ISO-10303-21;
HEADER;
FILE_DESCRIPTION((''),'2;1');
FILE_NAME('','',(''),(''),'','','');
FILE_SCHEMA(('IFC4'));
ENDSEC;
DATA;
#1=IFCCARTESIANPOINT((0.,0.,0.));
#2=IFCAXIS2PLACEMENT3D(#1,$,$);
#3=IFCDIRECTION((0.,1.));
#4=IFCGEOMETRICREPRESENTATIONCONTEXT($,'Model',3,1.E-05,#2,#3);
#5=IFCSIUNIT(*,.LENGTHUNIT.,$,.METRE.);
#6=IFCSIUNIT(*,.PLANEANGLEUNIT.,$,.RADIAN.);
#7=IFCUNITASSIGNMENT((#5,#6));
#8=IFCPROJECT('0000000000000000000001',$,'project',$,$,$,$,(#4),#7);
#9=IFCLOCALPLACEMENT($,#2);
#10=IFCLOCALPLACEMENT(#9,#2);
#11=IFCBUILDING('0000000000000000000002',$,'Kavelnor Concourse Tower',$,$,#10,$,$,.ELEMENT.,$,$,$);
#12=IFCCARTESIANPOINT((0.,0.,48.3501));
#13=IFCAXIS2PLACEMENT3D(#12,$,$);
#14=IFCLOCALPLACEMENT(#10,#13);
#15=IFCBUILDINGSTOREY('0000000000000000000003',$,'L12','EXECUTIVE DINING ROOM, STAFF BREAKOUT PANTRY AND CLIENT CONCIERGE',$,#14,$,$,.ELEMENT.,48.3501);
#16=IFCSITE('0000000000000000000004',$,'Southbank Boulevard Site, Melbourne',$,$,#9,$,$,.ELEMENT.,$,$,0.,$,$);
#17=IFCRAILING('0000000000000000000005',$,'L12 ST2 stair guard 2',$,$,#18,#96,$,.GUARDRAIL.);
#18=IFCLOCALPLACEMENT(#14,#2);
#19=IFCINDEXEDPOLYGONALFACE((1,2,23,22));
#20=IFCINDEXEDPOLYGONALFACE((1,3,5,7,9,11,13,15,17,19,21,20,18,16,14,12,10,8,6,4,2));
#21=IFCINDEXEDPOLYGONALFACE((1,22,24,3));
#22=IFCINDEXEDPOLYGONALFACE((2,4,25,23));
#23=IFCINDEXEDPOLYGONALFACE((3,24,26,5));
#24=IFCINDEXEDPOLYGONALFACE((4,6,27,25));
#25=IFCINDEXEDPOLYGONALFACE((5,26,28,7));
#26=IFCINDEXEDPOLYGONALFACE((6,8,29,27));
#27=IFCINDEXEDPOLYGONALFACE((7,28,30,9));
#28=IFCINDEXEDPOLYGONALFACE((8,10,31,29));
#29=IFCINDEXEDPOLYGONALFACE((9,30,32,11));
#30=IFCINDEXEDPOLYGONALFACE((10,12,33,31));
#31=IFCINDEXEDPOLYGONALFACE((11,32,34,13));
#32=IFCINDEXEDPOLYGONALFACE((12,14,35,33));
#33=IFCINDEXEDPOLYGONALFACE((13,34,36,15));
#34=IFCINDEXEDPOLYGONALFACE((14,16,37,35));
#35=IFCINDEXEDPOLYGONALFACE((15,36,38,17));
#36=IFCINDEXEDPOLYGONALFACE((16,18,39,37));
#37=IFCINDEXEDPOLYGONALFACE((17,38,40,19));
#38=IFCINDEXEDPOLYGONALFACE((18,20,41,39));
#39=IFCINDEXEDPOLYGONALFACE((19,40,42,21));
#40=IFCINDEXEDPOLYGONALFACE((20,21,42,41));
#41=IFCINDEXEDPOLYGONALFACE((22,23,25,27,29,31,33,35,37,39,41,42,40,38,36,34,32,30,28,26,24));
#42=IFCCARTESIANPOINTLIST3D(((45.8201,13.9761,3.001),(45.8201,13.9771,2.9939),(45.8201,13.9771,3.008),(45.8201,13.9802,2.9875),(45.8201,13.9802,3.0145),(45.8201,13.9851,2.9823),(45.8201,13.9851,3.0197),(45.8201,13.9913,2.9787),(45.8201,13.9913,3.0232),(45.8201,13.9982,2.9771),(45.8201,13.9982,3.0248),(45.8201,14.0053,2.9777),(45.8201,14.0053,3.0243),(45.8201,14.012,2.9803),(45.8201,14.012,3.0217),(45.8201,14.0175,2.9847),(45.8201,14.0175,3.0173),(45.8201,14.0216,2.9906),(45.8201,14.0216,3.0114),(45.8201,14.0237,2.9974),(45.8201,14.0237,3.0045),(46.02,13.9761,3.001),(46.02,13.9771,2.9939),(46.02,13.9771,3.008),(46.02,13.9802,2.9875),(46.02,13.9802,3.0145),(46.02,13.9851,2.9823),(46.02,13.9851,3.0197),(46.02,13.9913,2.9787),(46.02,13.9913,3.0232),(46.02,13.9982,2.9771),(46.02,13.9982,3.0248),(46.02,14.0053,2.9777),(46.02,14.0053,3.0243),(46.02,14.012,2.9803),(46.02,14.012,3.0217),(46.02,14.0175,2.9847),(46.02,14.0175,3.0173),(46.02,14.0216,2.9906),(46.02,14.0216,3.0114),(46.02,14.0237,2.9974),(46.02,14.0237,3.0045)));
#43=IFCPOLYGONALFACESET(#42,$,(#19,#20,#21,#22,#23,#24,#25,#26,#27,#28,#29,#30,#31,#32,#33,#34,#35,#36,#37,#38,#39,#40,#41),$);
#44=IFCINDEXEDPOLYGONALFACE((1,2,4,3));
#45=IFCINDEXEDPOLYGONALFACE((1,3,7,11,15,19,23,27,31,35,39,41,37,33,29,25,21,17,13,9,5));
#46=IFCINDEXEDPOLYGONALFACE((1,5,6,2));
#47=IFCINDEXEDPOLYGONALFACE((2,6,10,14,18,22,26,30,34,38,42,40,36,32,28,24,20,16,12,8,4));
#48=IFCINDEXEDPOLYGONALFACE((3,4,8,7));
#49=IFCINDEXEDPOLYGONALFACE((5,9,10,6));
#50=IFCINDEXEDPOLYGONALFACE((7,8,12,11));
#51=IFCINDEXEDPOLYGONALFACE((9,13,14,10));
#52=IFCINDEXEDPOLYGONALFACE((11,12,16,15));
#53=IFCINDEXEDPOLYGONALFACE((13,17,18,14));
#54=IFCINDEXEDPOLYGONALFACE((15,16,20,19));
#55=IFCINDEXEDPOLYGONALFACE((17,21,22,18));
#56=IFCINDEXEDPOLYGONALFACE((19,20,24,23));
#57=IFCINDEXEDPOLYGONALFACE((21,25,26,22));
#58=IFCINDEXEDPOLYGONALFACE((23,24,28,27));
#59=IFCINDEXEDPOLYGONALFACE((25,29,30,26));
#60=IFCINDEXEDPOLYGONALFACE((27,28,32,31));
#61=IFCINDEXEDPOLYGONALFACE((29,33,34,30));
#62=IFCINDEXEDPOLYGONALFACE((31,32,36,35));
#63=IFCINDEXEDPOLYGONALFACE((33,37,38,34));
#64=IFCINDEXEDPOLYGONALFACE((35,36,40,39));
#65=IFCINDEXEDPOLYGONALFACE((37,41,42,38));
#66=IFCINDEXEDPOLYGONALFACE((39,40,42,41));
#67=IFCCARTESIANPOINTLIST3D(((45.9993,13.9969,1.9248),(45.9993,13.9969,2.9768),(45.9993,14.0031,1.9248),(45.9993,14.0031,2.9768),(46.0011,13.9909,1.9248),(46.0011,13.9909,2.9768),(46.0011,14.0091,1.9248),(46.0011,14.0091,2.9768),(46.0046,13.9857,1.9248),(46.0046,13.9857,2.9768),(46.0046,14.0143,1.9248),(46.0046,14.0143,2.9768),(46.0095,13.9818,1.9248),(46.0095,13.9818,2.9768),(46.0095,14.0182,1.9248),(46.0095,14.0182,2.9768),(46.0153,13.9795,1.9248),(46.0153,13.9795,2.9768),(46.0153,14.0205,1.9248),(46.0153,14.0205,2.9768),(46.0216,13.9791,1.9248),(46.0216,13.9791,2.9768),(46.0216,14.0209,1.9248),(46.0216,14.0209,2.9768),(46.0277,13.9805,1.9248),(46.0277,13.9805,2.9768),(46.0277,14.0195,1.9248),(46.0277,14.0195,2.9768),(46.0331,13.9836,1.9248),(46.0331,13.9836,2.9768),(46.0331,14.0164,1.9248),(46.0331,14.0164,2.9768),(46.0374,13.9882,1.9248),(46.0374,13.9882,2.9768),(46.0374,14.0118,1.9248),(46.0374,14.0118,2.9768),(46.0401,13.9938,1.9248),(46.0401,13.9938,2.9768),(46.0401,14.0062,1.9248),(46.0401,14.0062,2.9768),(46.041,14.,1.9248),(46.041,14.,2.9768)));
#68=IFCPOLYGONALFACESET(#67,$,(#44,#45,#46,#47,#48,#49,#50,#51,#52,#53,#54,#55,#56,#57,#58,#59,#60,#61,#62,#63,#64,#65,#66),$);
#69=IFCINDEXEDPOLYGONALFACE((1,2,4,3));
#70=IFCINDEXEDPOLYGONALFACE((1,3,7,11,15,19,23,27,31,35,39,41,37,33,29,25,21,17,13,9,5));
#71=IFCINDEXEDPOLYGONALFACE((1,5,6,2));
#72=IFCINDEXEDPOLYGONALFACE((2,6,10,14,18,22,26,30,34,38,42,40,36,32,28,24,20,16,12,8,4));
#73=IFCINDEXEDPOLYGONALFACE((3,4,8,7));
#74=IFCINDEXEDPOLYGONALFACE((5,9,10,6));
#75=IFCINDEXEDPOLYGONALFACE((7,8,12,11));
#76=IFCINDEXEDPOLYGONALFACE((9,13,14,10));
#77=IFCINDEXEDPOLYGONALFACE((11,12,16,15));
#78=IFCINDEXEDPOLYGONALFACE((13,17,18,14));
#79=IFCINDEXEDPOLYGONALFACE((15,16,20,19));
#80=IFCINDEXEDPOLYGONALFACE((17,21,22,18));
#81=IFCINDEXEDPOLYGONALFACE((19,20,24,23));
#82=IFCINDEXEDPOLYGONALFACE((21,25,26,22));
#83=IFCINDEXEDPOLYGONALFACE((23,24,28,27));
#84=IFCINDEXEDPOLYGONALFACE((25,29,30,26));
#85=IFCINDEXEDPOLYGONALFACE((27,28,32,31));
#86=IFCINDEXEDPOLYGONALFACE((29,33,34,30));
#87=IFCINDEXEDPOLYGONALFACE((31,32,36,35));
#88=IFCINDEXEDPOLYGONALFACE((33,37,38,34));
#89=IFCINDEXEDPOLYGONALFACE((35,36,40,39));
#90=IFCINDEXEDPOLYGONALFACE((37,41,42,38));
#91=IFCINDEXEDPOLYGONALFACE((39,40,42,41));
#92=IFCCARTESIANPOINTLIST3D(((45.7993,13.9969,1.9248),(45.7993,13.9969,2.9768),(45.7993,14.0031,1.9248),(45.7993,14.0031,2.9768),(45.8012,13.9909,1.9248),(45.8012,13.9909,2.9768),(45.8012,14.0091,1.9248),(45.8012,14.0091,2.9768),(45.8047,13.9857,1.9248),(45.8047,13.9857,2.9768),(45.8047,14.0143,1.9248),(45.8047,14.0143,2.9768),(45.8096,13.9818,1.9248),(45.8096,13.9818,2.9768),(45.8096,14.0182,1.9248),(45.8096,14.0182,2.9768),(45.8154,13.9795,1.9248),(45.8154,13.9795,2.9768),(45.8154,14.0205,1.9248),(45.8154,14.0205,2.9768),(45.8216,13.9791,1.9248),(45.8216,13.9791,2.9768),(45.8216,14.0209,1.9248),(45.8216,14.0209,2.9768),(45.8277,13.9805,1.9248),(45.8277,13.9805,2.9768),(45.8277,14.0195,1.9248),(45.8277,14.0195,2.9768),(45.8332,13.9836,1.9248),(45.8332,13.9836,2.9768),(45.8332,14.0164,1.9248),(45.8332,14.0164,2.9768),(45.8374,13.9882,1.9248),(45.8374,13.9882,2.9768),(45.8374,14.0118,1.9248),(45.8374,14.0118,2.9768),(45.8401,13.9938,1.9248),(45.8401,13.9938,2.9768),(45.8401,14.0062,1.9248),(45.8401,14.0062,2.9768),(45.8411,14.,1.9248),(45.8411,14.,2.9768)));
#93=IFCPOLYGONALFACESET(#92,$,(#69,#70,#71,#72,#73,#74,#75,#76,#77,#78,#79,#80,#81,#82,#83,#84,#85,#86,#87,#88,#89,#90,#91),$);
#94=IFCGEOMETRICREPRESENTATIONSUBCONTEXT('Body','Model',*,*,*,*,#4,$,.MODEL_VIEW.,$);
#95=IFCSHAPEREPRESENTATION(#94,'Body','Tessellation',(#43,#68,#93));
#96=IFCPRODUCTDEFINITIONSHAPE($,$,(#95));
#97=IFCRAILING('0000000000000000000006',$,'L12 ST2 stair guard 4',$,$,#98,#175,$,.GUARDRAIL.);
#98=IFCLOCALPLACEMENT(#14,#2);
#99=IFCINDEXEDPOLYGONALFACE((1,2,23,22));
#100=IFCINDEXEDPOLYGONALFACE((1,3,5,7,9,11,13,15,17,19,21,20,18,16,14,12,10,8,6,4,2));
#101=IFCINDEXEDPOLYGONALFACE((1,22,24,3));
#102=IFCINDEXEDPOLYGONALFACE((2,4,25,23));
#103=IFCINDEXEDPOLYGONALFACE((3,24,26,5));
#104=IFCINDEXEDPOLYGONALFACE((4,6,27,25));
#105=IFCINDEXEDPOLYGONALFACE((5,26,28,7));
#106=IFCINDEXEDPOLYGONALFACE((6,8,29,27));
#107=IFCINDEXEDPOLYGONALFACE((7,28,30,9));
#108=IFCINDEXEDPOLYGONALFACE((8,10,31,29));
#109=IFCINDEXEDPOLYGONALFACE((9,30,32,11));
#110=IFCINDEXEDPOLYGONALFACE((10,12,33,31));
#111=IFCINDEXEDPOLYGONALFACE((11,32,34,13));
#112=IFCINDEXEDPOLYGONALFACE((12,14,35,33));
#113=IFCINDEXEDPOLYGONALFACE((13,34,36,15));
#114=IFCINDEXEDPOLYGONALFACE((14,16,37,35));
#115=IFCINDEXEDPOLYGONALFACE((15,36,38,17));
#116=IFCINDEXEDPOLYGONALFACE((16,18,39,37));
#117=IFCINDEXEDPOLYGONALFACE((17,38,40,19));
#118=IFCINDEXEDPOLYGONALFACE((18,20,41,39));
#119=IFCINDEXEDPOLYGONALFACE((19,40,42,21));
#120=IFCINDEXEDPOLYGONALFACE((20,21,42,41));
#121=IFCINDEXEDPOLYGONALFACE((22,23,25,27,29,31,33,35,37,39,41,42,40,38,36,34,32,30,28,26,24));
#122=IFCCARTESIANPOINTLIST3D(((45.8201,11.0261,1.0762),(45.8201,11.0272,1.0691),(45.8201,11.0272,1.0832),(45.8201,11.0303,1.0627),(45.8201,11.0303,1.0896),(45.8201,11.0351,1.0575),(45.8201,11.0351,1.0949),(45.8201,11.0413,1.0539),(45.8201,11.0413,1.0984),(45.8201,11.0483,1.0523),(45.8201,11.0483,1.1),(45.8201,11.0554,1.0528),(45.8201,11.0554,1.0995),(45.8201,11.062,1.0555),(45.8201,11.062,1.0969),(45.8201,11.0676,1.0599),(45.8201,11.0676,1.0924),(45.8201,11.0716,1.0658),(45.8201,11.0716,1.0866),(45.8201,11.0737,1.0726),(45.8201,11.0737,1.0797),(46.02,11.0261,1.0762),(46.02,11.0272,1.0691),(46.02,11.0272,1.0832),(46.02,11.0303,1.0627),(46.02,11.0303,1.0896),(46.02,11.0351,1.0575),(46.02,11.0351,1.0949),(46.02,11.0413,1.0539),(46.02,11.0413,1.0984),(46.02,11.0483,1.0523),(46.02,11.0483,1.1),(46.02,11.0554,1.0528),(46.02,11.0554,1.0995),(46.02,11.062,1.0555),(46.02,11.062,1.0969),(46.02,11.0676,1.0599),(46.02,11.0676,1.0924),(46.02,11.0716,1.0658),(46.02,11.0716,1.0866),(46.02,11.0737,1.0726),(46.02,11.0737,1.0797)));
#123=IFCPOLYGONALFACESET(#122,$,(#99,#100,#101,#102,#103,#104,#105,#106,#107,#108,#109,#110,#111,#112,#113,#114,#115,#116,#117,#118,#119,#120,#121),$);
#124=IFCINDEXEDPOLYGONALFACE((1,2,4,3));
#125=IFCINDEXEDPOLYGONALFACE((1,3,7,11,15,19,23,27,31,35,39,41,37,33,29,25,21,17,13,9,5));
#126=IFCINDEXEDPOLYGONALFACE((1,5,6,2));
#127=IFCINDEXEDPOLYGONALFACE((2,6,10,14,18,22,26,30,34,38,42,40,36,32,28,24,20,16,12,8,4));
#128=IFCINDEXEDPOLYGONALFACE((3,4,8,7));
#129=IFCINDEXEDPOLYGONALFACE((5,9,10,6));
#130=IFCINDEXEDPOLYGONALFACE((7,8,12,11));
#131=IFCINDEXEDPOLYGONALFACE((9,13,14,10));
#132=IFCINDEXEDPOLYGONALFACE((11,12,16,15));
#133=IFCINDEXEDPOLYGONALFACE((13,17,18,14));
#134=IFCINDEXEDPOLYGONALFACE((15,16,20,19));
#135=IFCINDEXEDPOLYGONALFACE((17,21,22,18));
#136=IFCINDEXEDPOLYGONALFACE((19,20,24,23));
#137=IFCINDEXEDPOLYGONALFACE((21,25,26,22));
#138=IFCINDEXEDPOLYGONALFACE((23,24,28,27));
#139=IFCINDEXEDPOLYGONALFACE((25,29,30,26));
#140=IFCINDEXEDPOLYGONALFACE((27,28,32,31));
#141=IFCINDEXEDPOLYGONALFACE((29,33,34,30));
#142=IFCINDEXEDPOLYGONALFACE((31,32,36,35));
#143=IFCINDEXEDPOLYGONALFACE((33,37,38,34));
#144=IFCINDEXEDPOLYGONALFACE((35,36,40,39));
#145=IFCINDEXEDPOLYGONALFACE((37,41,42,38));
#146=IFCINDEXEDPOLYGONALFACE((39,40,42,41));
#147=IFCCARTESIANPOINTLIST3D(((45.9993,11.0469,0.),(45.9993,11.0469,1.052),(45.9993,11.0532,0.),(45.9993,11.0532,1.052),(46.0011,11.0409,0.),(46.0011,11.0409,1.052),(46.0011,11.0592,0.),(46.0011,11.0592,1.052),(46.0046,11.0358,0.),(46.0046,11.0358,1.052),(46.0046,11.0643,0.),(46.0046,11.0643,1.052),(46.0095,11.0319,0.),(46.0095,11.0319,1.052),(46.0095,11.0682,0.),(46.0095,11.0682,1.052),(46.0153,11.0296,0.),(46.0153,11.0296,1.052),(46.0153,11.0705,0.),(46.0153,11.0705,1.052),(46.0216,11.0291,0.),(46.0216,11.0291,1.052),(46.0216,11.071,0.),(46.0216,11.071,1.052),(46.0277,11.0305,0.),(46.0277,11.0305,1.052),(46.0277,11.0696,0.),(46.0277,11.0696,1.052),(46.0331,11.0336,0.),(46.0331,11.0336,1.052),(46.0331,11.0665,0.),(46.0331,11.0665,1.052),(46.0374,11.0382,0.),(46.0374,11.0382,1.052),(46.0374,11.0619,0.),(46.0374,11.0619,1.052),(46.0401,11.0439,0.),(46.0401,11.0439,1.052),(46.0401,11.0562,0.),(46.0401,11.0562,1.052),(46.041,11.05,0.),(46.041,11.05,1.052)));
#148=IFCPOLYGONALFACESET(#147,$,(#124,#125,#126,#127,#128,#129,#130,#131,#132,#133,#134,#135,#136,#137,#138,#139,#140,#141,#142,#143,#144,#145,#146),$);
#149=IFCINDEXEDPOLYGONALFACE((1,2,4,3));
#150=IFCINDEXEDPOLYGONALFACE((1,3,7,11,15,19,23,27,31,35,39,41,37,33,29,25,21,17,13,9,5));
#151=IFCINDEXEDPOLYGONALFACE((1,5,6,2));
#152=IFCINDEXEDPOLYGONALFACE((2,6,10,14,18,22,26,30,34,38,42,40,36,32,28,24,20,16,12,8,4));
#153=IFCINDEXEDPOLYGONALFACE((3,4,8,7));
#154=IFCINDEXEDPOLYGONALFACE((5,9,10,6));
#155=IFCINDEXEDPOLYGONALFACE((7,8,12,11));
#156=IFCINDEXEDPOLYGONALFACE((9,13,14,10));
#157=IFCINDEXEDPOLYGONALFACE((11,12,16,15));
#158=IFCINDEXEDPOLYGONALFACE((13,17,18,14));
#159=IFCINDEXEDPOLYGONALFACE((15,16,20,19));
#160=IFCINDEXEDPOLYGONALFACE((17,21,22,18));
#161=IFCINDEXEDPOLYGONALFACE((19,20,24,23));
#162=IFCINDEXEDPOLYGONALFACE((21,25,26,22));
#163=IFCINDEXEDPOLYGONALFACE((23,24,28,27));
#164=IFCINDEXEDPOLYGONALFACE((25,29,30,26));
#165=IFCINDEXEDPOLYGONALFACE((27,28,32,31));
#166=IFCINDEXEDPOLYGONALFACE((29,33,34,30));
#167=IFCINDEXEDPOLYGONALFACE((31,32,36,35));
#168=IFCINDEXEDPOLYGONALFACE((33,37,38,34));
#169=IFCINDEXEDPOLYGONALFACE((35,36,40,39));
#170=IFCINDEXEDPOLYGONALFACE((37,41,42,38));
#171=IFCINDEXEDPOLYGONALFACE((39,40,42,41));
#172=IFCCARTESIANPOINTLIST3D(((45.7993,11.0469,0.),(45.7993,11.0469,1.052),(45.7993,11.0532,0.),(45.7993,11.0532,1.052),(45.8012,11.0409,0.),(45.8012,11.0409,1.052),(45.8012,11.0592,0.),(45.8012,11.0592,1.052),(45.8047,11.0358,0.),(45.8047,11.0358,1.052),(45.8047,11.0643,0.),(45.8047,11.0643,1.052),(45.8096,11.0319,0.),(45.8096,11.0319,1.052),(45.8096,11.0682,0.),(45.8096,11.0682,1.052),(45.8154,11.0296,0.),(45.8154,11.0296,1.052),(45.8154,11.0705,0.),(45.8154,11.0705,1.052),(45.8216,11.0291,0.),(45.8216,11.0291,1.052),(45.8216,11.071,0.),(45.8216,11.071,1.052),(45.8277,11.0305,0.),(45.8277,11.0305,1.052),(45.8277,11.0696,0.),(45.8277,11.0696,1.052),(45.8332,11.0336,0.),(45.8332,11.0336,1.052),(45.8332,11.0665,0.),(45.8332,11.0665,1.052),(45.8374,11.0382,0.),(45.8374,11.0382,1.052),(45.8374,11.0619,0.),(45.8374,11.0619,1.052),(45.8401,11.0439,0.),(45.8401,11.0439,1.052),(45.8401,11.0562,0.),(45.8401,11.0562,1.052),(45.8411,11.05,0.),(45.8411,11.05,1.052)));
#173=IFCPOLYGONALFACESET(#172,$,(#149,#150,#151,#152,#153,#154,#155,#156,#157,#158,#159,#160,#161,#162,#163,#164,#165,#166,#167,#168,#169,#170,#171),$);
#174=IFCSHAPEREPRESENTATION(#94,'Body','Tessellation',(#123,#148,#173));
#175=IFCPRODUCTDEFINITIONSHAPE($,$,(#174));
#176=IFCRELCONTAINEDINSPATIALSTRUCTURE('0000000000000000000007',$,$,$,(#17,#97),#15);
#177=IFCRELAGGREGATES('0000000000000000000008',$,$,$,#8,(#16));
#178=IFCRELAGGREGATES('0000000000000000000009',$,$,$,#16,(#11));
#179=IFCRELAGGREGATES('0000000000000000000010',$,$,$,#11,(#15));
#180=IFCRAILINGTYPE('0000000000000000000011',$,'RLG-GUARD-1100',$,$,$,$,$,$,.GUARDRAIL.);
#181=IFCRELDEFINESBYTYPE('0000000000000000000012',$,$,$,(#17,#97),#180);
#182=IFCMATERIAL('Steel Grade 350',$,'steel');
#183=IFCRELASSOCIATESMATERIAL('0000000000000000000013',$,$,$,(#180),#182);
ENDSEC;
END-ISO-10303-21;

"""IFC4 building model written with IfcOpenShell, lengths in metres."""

from ifc_helpers import new_model, si_unit, direction, frame, origin, origin_2d, place, context, subcontext, project, spatial, circle, extrude, material, type_object, element, save


model = new_model("IFC4")

# Units and contexts
model_context = context("Model", 3, precision=1e-05, world=origin(), true_north=direction((0.0, 1.0)))
body_context = subcontext(model_context, "Body", "Model", "MODEL_VIEW")
ifc_project = project(units=[si_unit("LENGTHUNIT", "METRE"), si_unit("PLANEANGLEUNIT", "RADIAN")], contexts=[model_context])

# Site, building, storey
site_placement = place(None, origin())
site = spatial("IfcSite", under=ifc_project, at=site_placement, Name="Southbank Boulevard Site, Melbourne", CompositionType="ELEMENT", RefElevation=0.0)
building_placement = place(site_placement, origin())
building = spatial("IfcBuilding", under=site, at=building_placement, Name="Kavelnor Concourse Tower", CompositionType="ELEMENT")
storey_placement = place(building_placement, frame((0.0, 0.0, 48.3501)))
storey = spatial("IfcBuildingStorey", under=building, at=storey_placement, Name="L12", Description="EXECUTIVE DINING ROOM, STAFF BREAKOUT PANTRY AND CLIENT CONCIERGE", CompositionType="ELEMENT", Elevation=48.3501)

# Shared definitions
ifc_material_1 = material(Name="Steel Grade 350", Category="steel")

# Railings
railing_type_1 = type_object("IfcRailingType", Name="RLG-GUARD-1100", PredefinedType="GUARDRAIL", material=ifc_material_1)
for number, where, name in (
    (1, (46.02, 14.0, 1.9248), "L12 ST2 stair guard 2"),
    (2, (46.02, 11.05, 0.0), "L12 ST2 stair guard 4"),
):
    element("IfcRailing", number, at=place(storey_placement, frame(where)), inside=storey, type_object=railing_type_1, Name=name, PredefinedType="GUARDRAIL", context=body_context, shape_type="SweptSolid", body=[
        extrude(circle(Radius=0.0239, at=origin_2d()), frame((0.0, 0.0, 1.0762), z_axis=(-1.0, 0.0, 0.0), x_axis=(0.0, -1.0, 0.0)), (0.0, 0.0, 1.0), 0.2),
        extrude(circle(Radius=0.021, at=origin_2d()), origin(), (0.0, 0.0, 1.0), 1.052),
        extrude(circle(Radius=0.021, at=origin_2d()), frame((-0.2, 0.0, 0.0)), (0.0, 0.0, 1.0), 1.052),
    ])

save(model, "model.ifc")
